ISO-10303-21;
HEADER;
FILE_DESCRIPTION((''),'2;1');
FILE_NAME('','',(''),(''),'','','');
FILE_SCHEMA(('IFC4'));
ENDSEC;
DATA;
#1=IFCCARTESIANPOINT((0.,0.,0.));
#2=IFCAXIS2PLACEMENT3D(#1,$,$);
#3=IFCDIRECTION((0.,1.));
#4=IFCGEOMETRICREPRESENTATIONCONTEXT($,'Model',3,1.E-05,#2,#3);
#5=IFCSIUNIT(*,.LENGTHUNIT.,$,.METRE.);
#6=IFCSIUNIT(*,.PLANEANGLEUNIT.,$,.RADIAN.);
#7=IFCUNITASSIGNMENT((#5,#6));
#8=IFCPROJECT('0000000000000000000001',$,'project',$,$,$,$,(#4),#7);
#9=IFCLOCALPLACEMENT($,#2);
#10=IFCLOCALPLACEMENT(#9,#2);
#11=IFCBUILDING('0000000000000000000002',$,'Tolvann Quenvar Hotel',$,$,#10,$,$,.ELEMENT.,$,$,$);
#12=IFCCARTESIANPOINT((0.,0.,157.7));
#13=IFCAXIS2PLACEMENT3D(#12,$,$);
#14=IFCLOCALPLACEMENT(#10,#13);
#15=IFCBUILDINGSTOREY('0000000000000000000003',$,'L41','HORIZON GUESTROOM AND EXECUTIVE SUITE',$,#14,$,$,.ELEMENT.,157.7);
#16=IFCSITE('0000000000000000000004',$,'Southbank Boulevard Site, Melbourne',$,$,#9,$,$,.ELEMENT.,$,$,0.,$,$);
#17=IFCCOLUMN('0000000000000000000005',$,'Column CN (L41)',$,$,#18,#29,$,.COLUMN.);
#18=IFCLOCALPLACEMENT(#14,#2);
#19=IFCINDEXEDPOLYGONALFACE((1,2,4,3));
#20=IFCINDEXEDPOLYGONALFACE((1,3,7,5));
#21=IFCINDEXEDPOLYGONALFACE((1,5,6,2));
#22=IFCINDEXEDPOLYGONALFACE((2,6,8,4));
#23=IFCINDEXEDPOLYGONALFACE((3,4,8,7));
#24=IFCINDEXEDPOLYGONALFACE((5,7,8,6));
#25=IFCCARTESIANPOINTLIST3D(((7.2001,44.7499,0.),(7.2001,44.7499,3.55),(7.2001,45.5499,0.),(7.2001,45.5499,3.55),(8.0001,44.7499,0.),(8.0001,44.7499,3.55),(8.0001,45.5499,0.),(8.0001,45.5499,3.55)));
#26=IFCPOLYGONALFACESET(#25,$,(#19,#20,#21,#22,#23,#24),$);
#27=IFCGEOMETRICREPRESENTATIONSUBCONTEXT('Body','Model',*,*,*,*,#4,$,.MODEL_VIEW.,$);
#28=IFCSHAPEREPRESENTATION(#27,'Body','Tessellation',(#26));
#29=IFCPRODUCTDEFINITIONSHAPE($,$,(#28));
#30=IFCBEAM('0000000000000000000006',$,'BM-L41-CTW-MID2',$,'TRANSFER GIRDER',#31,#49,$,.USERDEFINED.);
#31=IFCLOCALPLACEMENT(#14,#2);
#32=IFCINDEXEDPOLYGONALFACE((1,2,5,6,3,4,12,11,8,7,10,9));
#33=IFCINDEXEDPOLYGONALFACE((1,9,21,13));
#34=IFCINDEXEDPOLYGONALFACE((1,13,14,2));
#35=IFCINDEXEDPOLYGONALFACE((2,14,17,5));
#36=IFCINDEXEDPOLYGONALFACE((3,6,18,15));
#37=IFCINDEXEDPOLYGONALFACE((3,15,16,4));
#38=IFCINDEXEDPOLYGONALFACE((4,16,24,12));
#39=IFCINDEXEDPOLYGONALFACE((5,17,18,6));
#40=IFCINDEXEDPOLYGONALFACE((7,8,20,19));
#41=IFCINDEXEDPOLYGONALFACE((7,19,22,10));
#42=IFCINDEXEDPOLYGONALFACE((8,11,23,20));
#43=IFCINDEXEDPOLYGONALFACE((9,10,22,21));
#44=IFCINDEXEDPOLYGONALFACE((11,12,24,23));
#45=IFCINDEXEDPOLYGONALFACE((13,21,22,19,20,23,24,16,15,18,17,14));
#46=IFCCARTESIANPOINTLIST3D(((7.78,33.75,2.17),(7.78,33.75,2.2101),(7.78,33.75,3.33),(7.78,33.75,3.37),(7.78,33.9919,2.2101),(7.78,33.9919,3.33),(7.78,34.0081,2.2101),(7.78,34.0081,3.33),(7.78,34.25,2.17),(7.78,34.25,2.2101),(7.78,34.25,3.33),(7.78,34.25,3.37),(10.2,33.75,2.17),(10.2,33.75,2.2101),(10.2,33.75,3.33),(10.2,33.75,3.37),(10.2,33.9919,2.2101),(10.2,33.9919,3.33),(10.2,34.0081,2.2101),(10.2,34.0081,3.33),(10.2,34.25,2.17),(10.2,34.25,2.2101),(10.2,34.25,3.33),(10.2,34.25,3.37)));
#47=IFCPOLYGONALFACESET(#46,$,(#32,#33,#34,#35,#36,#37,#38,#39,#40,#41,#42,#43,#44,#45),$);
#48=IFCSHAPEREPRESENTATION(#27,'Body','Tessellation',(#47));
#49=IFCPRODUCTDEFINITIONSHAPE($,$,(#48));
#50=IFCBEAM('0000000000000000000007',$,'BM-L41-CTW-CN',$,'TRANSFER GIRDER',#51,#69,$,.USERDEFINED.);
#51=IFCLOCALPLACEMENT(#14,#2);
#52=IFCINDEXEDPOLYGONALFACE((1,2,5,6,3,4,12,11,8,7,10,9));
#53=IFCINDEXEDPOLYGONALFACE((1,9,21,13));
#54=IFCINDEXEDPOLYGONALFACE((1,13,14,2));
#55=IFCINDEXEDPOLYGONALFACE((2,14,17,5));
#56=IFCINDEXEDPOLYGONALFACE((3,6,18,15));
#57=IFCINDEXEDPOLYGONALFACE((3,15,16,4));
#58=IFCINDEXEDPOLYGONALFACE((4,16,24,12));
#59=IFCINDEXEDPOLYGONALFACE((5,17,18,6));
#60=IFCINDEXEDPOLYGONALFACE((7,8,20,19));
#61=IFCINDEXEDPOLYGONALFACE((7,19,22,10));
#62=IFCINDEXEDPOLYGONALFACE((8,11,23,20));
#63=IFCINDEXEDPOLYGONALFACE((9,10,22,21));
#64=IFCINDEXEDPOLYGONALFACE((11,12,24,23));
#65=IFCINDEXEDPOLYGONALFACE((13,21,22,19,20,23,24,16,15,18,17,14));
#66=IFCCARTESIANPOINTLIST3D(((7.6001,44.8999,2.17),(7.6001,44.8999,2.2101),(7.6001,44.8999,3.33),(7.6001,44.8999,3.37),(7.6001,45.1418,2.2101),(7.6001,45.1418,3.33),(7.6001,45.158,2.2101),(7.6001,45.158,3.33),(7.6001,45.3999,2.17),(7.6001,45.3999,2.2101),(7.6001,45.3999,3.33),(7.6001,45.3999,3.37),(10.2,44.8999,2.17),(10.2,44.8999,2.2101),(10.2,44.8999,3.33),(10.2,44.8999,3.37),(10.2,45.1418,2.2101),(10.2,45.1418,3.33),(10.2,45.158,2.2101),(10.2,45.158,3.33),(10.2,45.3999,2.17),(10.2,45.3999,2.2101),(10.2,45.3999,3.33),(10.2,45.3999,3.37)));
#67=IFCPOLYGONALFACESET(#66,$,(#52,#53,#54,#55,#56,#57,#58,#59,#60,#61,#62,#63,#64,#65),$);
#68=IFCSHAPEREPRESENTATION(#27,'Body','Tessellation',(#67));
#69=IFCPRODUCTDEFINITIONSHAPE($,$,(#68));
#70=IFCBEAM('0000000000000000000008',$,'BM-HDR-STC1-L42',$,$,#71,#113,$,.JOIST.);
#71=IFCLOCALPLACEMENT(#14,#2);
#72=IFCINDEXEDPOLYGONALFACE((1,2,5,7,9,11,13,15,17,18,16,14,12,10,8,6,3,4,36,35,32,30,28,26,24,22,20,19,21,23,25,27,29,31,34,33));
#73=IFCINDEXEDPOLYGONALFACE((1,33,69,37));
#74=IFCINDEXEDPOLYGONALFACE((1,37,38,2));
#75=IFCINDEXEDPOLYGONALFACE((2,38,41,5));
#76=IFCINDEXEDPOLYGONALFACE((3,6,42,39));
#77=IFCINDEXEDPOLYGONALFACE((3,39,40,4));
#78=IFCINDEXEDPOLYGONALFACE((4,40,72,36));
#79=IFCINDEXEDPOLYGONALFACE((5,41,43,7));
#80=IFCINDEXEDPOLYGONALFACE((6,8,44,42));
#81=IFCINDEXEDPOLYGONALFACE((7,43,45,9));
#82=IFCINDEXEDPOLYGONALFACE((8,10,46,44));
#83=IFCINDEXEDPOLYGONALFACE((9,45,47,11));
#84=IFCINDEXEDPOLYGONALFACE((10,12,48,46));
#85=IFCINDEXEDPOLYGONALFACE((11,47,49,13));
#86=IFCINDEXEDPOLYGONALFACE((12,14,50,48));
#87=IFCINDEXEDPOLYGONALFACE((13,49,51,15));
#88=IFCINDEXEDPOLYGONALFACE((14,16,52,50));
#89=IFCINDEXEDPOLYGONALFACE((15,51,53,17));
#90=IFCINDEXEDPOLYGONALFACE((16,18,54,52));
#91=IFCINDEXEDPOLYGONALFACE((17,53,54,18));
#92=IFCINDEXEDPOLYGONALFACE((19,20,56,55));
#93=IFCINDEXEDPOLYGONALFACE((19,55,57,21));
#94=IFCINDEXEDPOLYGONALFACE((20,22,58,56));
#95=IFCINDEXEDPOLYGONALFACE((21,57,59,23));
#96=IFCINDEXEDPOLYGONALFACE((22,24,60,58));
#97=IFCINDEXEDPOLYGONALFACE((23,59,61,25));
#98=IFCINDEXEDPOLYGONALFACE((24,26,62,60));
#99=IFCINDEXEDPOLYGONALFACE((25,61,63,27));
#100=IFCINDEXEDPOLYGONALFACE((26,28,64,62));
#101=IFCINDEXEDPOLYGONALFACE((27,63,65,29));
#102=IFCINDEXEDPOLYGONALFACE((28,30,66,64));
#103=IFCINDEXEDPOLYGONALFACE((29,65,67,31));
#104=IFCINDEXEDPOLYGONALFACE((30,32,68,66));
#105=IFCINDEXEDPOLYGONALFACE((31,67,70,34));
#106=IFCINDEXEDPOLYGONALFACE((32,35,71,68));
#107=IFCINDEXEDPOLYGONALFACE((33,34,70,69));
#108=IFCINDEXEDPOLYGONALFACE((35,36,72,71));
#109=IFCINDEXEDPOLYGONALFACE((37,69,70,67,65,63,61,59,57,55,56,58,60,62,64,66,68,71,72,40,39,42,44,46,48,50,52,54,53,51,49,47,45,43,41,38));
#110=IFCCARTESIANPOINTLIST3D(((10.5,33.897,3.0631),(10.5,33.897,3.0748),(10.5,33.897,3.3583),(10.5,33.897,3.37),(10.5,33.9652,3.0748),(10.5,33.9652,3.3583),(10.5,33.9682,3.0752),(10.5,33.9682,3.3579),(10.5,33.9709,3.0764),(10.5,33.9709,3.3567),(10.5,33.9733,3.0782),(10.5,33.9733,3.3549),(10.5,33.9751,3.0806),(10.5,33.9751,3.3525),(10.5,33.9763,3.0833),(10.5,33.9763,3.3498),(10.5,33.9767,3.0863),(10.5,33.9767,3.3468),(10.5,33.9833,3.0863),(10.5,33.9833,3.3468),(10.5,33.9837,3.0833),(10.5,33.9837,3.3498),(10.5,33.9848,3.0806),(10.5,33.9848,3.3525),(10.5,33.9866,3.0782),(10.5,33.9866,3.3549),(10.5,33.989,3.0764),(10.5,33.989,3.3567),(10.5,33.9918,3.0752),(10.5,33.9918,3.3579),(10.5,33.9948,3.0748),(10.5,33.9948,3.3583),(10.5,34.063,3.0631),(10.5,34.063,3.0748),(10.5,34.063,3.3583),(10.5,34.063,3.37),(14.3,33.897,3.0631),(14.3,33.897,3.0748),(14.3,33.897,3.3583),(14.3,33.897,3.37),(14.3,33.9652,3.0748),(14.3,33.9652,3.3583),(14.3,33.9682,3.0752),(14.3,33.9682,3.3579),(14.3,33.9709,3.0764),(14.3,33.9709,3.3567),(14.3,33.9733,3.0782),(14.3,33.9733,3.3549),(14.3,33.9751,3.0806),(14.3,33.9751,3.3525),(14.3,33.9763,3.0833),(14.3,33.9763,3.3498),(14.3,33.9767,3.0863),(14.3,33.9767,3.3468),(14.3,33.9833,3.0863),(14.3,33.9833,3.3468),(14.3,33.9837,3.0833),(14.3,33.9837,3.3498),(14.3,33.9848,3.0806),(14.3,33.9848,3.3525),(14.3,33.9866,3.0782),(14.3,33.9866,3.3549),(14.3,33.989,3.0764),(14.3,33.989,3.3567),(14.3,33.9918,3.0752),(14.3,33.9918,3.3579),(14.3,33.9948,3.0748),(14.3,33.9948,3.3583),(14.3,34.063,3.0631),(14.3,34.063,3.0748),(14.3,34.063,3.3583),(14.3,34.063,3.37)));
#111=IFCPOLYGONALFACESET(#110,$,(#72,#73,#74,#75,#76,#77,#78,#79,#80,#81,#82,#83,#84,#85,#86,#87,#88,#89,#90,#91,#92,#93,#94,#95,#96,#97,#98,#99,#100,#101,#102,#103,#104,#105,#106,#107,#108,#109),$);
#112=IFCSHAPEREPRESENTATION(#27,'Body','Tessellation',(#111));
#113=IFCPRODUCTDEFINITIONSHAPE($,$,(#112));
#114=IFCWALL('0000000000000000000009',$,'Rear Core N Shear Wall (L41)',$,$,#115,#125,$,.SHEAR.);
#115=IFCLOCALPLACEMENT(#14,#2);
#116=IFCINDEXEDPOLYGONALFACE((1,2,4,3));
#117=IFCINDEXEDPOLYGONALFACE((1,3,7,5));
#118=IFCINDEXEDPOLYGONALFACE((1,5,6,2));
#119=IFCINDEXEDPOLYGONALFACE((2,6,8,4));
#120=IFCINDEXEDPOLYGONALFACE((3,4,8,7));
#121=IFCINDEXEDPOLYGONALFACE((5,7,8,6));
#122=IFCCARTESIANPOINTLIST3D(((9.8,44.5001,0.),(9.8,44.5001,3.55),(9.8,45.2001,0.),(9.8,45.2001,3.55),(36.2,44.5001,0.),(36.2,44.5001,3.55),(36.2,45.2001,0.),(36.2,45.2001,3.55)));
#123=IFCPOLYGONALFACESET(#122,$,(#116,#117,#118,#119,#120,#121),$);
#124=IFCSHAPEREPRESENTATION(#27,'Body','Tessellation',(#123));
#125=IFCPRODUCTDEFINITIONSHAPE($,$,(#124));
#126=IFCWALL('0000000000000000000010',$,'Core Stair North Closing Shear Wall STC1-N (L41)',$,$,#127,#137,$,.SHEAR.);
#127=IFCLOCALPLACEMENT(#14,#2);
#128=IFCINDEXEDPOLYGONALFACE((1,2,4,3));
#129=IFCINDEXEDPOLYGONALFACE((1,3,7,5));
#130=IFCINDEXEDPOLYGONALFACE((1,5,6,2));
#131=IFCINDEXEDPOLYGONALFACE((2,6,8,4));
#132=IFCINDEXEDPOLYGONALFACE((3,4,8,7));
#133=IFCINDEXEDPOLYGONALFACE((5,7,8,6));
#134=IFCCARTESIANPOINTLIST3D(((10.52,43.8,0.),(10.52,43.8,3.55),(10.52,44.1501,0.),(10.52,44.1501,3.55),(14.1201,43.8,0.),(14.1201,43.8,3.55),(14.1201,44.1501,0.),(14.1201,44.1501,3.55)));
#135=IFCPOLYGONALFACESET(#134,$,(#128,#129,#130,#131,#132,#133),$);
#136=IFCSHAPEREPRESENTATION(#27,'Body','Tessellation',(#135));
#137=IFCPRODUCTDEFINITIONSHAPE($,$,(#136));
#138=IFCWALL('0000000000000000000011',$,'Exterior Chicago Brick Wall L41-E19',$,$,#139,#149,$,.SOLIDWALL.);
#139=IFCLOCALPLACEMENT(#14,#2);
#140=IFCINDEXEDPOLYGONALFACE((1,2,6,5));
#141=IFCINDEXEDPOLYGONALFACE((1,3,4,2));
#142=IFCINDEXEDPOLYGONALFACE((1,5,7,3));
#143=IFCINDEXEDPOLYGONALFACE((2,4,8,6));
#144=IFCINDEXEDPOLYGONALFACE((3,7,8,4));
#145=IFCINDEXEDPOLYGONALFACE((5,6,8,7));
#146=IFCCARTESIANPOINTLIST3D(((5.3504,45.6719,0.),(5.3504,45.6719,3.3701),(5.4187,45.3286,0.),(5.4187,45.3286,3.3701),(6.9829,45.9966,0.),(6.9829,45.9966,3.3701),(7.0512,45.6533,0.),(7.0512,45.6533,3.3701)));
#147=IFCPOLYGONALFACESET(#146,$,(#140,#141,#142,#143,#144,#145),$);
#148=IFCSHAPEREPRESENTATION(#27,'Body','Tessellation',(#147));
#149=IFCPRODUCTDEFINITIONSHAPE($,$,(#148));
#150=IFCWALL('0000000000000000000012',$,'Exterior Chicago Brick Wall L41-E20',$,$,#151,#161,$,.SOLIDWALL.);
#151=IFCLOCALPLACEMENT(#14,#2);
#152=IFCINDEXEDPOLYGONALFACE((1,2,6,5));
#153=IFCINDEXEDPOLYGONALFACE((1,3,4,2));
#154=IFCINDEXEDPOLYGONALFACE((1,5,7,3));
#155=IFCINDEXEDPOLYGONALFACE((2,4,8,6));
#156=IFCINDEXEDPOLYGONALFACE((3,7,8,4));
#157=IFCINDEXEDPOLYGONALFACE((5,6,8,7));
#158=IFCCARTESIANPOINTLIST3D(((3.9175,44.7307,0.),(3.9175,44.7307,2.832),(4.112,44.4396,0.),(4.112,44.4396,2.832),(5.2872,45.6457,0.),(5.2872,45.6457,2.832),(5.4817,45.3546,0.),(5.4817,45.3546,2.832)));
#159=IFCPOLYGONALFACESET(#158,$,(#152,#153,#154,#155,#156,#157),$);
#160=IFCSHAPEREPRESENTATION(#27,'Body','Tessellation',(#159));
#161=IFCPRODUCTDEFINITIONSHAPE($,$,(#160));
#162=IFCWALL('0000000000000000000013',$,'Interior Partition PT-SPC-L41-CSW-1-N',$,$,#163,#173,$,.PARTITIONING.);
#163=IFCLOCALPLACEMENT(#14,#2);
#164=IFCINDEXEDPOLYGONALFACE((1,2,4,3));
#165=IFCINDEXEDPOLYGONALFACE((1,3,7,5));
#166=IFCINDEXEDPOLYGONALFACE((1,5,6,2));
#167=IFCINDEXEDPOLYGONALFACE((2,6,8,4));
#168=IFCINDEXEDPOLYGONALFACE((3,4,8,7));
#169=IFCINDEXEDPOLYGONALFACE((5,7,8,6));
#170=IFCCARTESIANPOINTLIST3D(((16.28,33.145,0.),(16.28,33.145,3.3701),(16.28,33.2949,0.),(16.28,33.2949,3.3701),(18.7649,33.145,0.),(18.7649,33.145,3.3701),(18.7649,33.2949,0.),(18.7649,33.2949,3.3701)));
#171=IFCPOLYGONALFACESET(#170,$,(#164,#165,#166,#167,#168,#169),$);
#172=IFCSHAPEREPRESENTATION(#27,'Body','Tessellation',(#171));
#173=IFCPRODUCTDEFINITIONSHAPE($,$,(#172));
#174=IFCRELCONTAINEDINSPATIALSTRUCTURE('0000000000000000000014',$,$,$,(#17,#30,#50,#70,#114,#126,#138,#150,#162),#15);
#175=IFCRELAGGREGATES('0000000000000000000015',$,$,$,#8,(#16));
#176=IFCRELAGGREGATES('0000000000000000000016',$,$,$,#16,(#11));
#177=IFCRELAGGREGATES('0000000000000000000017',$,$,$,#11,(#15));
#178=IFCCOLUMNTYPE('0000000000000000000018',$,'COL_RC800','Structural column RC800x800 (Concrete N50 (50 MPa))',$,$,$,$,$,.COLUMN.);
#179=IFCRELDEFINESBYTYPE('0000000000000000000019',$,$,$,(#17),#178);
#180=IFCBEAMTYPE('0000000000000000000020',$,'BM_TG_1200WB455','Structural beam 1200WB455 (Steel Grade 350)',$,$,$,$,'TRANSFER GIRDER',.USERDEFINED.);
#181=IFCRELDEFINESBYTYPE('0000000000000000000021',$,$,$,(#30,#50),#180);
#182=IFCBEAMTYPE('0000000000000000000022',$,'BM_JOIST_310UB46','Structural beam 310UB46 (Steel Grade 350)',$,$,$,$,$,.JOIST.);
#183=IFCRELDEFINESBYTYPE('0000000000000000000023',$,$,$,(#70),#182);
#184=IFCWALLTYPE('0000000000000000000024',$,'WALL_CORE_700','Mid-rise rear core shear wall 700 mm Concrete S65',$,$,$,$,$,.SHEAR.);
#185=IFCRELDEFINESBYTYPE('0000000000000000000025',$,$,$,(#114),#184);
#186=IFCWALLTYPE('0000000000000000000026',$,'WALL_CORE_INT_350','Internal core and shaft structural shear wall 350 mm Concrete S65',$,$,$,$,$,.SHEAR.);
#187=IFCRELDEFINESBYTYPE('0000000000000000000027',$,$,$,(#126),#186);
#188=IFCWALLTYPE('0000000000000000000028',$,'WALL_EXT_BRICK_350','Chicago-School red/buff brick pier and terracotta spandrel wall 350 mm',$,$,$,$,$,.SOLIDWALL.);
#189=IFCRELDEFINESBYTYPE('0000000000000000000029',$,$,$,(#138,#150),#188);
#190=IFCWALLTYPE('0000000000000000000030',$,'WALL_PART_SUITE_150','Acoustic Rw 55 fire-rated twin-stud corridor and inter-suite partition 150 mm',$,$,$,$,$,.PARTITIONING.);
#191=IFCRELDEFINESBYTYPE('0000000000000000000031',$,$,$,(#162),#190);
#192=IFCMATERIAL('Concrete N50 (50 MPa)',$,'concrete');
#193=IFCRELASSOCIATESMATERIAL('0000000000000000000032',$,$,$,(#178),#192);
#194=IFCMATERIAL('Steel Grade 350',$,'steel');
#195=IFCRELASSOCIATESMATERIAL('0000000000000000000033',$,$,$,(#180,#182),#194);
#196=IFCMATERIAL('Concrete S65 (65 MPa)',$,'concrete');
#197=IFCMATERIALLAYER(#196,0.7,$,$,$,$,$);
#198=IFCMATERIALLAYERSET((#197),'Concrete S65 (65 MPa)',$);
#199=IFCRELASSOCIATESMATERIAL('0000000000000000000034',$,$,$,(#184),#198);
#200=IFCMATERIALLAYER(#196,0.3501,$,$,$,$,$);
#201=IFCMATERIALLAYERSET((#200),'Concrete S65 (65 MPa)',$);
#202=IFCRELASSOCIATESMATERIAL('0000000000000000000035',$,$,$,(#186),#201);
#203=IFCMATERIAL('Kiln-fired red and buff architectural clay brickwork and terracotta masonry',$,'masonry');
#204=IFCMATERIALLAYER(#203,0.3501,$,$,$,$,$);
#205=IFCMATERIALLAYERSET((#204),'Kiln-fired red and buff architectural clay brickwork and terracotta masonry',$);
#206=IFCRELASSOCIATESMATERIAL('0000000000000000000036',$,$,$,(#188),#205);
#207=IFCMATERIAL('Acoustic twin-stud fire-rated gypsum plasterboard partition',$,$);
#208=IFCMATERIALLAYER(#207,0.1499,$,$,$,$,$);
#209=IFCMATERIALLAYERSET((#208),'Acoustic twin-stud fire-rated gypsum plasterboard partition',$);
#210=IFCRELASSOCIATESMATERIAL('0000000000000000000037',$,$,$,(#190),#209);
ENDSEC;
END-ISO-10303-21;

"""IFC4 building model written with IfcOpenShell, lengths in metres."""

from ifc_helpers import new_model, si_unit, direction, frame, frame_2d, origin, origin_2d, place, context, subcontext, project, spatial, rectangle, i_section, extrude, source, transform, mapped, material, layer, layer_set, material_profile, profile_set, type_object, type_shapes, element, save


model = new_model("IFC4")

# Units and contexts
model_context = context("Model", 3, precision=1e-05, world=origin(), true_north=direction((0.0, 1.0)))
body_context = subcontext(model_context, "Body", "Model", "MODEL_VIEW")
ifc_project = project(units=[si_unit("LENGTHUNIT", "METRE"), si_unit("PLANEANGLEUNIT", "RADIAN")], contexts=[model_context])

# Site, building, storey
site_placement = place(None, origin())
site = spatial("IfcSite", under=ifc_project, at=site_placement, Name="Southbank Boulevard Site, Melbourne", CompositionType="ELEMENT", RefElevation=0.0)
building_placement = place(site_placement, origin())
building = spatial("IfcBuilding", under=site, at=building_placement, Name="Tolvann Quenvar Hotel", CompositionType="ELEMENT")
storey_placement = place(building_placement, frame((0.0, 0.0, 157.7)))
storey = spatial("IfcBuildingStorey", under=building, at=storey_placement, Name="L41", Description="HORIZON GUESTROOM AND EXECUTIVE SUITE", CompositionType="ELEMENT", Elevation=157.7)

# Column
ifc_material_1 = material(Name="Concrete N50 (50 MPa)", Category="concrete")
ifc_material_profile_1 = material_profile(ifc_material_1, rectangle(XDim=0.8, YDim=0.8, at=origin_2d()), Name="RC800x800")
ifc_profile_set_1 = profile_set([ifc_material_profile_1], Name="Concrete N50 (50 MPa)")
column_type = type_object("IfcColumnType", Name="COL_RC800", Description="Structural column RC800x800 (Concrete N50 (50 MPa))", PredefinedType="COLUMN", material=ifc_profile_set_1)
shared_shape_1 = source(origin(), body_context, "Body", "SweptSolid", [
    extrude(rectangle(XDim=0.8, YDim=0.8, at=origin_2d()), origin(), (0.0, 0.0, 1.0), 3.55),
])
type_shapes(column_type, [shared_shape_1])
column_placement = place(storey_placement, frame((7.6001, 45.1499, 0.0), z_axis=(0.0, 0.0, 1.0), x_axis=(1.0, 0.0, 0.0)))
element("IfcColumn", 1, at=column_placement, inside=storey, type_object=column_type, Name="Column CN (L41)", PredefinedType="COLUMN", context=body_context, shape_type="MappedRepresentation", body=[
    mapped(shared_shape_1, transform((0.0, 0.0, 0.0), x_axis=(1.0, 0.0, 0.0), y_axis=(0.0, 1.0, 0.0), z_axis=(0.0, 0.0, 1.0), scale=1.0)),
])

# Beams
ifc_material_2 = material(Name="Steel Grade 350", Category="steel")
ifc_material_profile_2 = material_profile(ifc_material_2, i_section(OverallWidth=0.5, OverallDepth=1.2, WebThickness=0.0161, FlangeThickness=0.04, at=origin_2d()), Name="1200WB455")
ifc_profile_set_2 = profile_set([ifc_material_profile_2], Name="Steel Grade 350")
beam_type_1 = type_object("IfcBeamType", Name="BM_TG_1200WB455", Description="Structural beam 1200WB455 (Steel Grade 350)", ElementType="TRANSFER GIRDER", PredefinedType="USERDEFINED", material=ifc_profile_set_2)
shared_shape_2 = source(origin(), body_context, "Body", "SweptSolid", [
    extrude(i_section(OverallWidth=0.5, OverallDepth=1.2, WebThickness=0.0161, FlangeThickness=0.04, at=origin_2d()), origin(), (0.0, 0.0, 1.0), 2.4199),
])
beam_1_placement = place(storey_placement, frame((7.78, 34.0, 2.77), z_axis=(1.0, 0.0, 0.0), x_axis=(0.0, 1.0, 0.0)))
element("IfcBeam", 2, at=beam_1_placement, inside=storey, type_object=beam_type_1, Name="BM-L41-CTW-MID2", ObjectType="TRANSFER GIRDER", PredefinedType="USERDEFINED", context=body_context, shape_type="MappedRepresentation", body=[
    mapped(shared_shape_2, transform((0.0, 0.0, 0.0), x_axis=(1.0, 0.0, 0.0), y_axis=(0.0, 1.0, 0.0), z_axis=(0.0, 0.0, 1.0), scale=1.0)),
])
shared_shape_3 = source(origin(), body_context, "Body", "SweptSolid", [
    extrude(i_section(OverallWidth=0.5, OverallDepth=1.2, WebThickness=0.0161, FlangeThickness=0.04, at=origin_2d()), origin(), (0.0, 0.0, 1.0), 2.5999),
])
type_shapes(beam_type_1, [shared_shape_2, shared_shape_3])
beam_2_placement = place(storey_placement, frame((7.6001, 45.1499, 2.77), z_axis=(1.0, 0.0, 0.0), x_axis=(0.0, 1.0, 0.0)))
element("IfcBeam", 3, at=beam_2_placement, inside=storey, type_object=beam_type_1, Name="BM-L41-CTW-CN", ObjectType="TRANSFER GIRDER", PredefinedType="USERDEFINED", context=body_context, shape_type="MappedRepresentation", body=[
    mapped(shared_shape_3, transform((0.0, 0.0, 0.0), x_axis=(1.0, 0.0, 0.0), y_axis=(0.0, 1.0, 0.0), z_axis=(0.0, 0.0, 1.0), scale=1.0)),
])
ifc_material_profile_3 = material_profile(ifc_material_2, i_section(OverallWidth=0.166, OverallDepth=0.3069, WebThickness=0.0066, FlangeThickness=0.0117, FilletRadius=0.0115, at=origin_2d()), Name="310UB46")
ifc_profile_set_3 = profile_set([ifc_material_profile_3], Name="Steel Grade 350")
beam_type_2 = type_object("IfcBeamType", Name="BM_JOIST_310UB46", Description="Structural beam 310UB46 (Steel Grade 350)", PredefinedType="JOIST", material=ifc_profile_set_3)
shared_shape_4 = source(origin(), body_context, "Body", "SweptSolid", [
    extrude(i_section(OverallWidth=0.166, OverallDepth=0.3069, WebThickness=0.0066, FlangeThickness=0.0117, FilletRadius=0.0115, at=origin_2d()), origin(), (0.0, 0.0, 1.0), 3.8),
])
type_shapes(beam_type_2, [shared_shape_4])
beam_3_placement = place(storey_placement, frame((10.5, 33.98, 3.2166), z_axis=(1.0, 0.0, 0.0), x_axis=(0.0, 1.0, 0.0)))
element("IfcBeam", 4, at=beam_3_placement, inside=storey, type_object=beam_type_2, Name="BM-HDR-STC1-L42", PredefinedType="JOIST", context=body_context, shape_type="MappedRepresentation", body=[
    mapped(shared_shape_4, transform((0.0, 0.0, 0.0), x_axis=(1.0, 0.0, 0.0), y_axis=(0.0, 1.0, 0.0), z_axis=(0.0, 0.0, 1.0), scale=1.0)),
])

# Walls
ifc_material_3 = material(Name="Concrete S65 (65 MPa)", Category="concrete")
ifc_layer_1 = layer(ifc_material_3, 0.7)
ifc_layer_set_1 = layer_set([ifc_layer_1], Name="Concrete S65 (65 MPa)")
wall_type_1 = type_object("IfcWallType", Name="WALL_CORE_700", Description="Mid-rise rear core shear wall 700 mm Concrete S65", PredefinedType="SHEAR", material=ifc_layer_set_1)
wall_1_placement = place(storey_placement, frame((9.8, 44.8501, 0.0), z_axis=(0.0, 0.0, 1.0), x_axis=(1.0, 0.0, 0.0)))
element("IfcWall", 5, at=wall_1_placement, inside=storey, type_object=wall_type_1, Name="Rear Core N Shear Wall (L41)", PredefinedType="SHEAR", context=body_context, shape_type="SweptSolid", body=[
    extrude(rectangle(XDim=26.3999, YDim=0.7, at=frame_2d((13.2, 0.0))), origin(), (0.0, 0.0, 1.0), 3.55),
])
ifc_layer_2 = layer(ifc_material_3, 0.3501)
ifc_layer_set_2 = layer_set([ifc_layer_2], Name="Concrete S65 (65 MPa)")
wall_type_2 = type_object("IfcWallType", Name="WALL_CORE_INT_350", Description="Internal core and shaft structural shear wall 350 mm Concrete S65", PredefinedType="SHEAR", material=ifc_layer_set_2)
wall_2_placement = place(storey_placement, frame((10.52, 43.9751, 0.0), z_axis=(0.0, 0.0, 1.0), x_axis=(1.0, 0.0, 0.0)))
element("IfcWall", 6, at=wall_2_placement, inside=storey, type_object=wall_type_2, Name="Core Stair North Closing Shear Wall STC1-N (L41)", PredefinedType="SHEAR", context=body_context, shape_type="SweptSolid", body=[
    extrude(rectangle(XDim=3.6001, YDim=0.3501, at=frame_2d((1.8, 0.0))), origin(), (0.0, 0.0, 1.0), 3.55),
])
ifc_material_4 = material(Name="Kiln-fired red and buff architectural clay brickwork and terracotta masonry", Category="masonry")
ifc_layer_3 = layer(ifc_material_4, 0.3501)
ifc_layer_set_3 = layer_set([ifc_layer_3], Name="Kiln-fired red and buff architectural clay brickwork and terracotta masonry")
wall_type_3 = type_object("IfcWallType", Name="WALL_EXT_BRICK_350", Description="Chicago-School red/buff brick pier and terracotta spandrel wall 350 mm", PredefinedType="SOLIDWALL", material=ifc_layer_set_3)
wall_3_placement = place(storey_placement, frame((7.0171, 45.825, 0.0), z_axis=(0.0, 0.0, 1.0), x_axis=(-0.980789, -0.195072, 0.0)))
element("IfcWall", 7, at=wall_3_placement, inside=storey, type_object=wall_type_3, Name="Exterior Chicago Brick Wall L41-E19", PredefinedType="SOLIDWALL", context=body_context, shape_type="SweptSolid", body=[
    extrude(rectangle(XDim=1.6646, YDim=0.3501, at=frame_2d((0.8323, 0.0))), origin(), (0.0, 0.0, 1.0), 3.3701),
])
wall_4_placement = place(storey_placement, frame((5.3845, 45.5002, 0.0), z_axis=(0.0, 0.0, 1.0), x_axis=(-0.831503, -0.555521, 0.0)))
element("IfcWall", 8, at=wall_4_placement, inside=storey, type_object=wall_type_3, Name="Exterior Chicago Brick Wall L41-E20", PredefinedType="SOLIDWALL", context=body_context, shape_type="SweptSolid", body=[
    extrude(rectangle(XDim=1.6472, YDim=0.3501, at=frame_2d((0.8237, 0.0))), origin(), (0.0, 0.0, 1.0), 2.832),
])
ifc_material_5 = material(Name="Acoustic twin-stud fire-rated gypsum plasterboard partition")
ifc_layer_4 = layer(ifc_material_5, 0.1499)
ifc_layer_set_4 = layer_set([ifc_layer_4], Name="Acoustic twin-stud fire-rated gypsum plasterboard partition")
wall_type_4 = type_object("IfcWallType", Name="WALL_PART_SUITE_150", Description="Acoustic Rw 55 fire-rated twin-stud corridor and inter-suite partition 150 mm", PredefinedType="PARTITIONING", material=ifc_layer_set_4)
wall_5_placement = place(storey_placement, frame((16.28, 33.22, 0.0), z_axis=(0.0, 0.0, 1.0), x_axis=(1.0, 0.0, 0.0)))
element("IfcWall", 9, at=wall_5_placement, inside=storey, type_object=wall_type_4, Name="Interior Partition PT-SPC-L41-CSW-1-N", PredefinedType="PARTITIONING", context=body_context, shape_type="SweptSolid", body=[
    extrude(rectangle(XDim=2.4849, YDim=0.1499, at=frame_2d((1.2424, 0.0))), origin(), (0.0, 0.0, 1.0), 3.3701),
])

save(model, "model.ifc")
